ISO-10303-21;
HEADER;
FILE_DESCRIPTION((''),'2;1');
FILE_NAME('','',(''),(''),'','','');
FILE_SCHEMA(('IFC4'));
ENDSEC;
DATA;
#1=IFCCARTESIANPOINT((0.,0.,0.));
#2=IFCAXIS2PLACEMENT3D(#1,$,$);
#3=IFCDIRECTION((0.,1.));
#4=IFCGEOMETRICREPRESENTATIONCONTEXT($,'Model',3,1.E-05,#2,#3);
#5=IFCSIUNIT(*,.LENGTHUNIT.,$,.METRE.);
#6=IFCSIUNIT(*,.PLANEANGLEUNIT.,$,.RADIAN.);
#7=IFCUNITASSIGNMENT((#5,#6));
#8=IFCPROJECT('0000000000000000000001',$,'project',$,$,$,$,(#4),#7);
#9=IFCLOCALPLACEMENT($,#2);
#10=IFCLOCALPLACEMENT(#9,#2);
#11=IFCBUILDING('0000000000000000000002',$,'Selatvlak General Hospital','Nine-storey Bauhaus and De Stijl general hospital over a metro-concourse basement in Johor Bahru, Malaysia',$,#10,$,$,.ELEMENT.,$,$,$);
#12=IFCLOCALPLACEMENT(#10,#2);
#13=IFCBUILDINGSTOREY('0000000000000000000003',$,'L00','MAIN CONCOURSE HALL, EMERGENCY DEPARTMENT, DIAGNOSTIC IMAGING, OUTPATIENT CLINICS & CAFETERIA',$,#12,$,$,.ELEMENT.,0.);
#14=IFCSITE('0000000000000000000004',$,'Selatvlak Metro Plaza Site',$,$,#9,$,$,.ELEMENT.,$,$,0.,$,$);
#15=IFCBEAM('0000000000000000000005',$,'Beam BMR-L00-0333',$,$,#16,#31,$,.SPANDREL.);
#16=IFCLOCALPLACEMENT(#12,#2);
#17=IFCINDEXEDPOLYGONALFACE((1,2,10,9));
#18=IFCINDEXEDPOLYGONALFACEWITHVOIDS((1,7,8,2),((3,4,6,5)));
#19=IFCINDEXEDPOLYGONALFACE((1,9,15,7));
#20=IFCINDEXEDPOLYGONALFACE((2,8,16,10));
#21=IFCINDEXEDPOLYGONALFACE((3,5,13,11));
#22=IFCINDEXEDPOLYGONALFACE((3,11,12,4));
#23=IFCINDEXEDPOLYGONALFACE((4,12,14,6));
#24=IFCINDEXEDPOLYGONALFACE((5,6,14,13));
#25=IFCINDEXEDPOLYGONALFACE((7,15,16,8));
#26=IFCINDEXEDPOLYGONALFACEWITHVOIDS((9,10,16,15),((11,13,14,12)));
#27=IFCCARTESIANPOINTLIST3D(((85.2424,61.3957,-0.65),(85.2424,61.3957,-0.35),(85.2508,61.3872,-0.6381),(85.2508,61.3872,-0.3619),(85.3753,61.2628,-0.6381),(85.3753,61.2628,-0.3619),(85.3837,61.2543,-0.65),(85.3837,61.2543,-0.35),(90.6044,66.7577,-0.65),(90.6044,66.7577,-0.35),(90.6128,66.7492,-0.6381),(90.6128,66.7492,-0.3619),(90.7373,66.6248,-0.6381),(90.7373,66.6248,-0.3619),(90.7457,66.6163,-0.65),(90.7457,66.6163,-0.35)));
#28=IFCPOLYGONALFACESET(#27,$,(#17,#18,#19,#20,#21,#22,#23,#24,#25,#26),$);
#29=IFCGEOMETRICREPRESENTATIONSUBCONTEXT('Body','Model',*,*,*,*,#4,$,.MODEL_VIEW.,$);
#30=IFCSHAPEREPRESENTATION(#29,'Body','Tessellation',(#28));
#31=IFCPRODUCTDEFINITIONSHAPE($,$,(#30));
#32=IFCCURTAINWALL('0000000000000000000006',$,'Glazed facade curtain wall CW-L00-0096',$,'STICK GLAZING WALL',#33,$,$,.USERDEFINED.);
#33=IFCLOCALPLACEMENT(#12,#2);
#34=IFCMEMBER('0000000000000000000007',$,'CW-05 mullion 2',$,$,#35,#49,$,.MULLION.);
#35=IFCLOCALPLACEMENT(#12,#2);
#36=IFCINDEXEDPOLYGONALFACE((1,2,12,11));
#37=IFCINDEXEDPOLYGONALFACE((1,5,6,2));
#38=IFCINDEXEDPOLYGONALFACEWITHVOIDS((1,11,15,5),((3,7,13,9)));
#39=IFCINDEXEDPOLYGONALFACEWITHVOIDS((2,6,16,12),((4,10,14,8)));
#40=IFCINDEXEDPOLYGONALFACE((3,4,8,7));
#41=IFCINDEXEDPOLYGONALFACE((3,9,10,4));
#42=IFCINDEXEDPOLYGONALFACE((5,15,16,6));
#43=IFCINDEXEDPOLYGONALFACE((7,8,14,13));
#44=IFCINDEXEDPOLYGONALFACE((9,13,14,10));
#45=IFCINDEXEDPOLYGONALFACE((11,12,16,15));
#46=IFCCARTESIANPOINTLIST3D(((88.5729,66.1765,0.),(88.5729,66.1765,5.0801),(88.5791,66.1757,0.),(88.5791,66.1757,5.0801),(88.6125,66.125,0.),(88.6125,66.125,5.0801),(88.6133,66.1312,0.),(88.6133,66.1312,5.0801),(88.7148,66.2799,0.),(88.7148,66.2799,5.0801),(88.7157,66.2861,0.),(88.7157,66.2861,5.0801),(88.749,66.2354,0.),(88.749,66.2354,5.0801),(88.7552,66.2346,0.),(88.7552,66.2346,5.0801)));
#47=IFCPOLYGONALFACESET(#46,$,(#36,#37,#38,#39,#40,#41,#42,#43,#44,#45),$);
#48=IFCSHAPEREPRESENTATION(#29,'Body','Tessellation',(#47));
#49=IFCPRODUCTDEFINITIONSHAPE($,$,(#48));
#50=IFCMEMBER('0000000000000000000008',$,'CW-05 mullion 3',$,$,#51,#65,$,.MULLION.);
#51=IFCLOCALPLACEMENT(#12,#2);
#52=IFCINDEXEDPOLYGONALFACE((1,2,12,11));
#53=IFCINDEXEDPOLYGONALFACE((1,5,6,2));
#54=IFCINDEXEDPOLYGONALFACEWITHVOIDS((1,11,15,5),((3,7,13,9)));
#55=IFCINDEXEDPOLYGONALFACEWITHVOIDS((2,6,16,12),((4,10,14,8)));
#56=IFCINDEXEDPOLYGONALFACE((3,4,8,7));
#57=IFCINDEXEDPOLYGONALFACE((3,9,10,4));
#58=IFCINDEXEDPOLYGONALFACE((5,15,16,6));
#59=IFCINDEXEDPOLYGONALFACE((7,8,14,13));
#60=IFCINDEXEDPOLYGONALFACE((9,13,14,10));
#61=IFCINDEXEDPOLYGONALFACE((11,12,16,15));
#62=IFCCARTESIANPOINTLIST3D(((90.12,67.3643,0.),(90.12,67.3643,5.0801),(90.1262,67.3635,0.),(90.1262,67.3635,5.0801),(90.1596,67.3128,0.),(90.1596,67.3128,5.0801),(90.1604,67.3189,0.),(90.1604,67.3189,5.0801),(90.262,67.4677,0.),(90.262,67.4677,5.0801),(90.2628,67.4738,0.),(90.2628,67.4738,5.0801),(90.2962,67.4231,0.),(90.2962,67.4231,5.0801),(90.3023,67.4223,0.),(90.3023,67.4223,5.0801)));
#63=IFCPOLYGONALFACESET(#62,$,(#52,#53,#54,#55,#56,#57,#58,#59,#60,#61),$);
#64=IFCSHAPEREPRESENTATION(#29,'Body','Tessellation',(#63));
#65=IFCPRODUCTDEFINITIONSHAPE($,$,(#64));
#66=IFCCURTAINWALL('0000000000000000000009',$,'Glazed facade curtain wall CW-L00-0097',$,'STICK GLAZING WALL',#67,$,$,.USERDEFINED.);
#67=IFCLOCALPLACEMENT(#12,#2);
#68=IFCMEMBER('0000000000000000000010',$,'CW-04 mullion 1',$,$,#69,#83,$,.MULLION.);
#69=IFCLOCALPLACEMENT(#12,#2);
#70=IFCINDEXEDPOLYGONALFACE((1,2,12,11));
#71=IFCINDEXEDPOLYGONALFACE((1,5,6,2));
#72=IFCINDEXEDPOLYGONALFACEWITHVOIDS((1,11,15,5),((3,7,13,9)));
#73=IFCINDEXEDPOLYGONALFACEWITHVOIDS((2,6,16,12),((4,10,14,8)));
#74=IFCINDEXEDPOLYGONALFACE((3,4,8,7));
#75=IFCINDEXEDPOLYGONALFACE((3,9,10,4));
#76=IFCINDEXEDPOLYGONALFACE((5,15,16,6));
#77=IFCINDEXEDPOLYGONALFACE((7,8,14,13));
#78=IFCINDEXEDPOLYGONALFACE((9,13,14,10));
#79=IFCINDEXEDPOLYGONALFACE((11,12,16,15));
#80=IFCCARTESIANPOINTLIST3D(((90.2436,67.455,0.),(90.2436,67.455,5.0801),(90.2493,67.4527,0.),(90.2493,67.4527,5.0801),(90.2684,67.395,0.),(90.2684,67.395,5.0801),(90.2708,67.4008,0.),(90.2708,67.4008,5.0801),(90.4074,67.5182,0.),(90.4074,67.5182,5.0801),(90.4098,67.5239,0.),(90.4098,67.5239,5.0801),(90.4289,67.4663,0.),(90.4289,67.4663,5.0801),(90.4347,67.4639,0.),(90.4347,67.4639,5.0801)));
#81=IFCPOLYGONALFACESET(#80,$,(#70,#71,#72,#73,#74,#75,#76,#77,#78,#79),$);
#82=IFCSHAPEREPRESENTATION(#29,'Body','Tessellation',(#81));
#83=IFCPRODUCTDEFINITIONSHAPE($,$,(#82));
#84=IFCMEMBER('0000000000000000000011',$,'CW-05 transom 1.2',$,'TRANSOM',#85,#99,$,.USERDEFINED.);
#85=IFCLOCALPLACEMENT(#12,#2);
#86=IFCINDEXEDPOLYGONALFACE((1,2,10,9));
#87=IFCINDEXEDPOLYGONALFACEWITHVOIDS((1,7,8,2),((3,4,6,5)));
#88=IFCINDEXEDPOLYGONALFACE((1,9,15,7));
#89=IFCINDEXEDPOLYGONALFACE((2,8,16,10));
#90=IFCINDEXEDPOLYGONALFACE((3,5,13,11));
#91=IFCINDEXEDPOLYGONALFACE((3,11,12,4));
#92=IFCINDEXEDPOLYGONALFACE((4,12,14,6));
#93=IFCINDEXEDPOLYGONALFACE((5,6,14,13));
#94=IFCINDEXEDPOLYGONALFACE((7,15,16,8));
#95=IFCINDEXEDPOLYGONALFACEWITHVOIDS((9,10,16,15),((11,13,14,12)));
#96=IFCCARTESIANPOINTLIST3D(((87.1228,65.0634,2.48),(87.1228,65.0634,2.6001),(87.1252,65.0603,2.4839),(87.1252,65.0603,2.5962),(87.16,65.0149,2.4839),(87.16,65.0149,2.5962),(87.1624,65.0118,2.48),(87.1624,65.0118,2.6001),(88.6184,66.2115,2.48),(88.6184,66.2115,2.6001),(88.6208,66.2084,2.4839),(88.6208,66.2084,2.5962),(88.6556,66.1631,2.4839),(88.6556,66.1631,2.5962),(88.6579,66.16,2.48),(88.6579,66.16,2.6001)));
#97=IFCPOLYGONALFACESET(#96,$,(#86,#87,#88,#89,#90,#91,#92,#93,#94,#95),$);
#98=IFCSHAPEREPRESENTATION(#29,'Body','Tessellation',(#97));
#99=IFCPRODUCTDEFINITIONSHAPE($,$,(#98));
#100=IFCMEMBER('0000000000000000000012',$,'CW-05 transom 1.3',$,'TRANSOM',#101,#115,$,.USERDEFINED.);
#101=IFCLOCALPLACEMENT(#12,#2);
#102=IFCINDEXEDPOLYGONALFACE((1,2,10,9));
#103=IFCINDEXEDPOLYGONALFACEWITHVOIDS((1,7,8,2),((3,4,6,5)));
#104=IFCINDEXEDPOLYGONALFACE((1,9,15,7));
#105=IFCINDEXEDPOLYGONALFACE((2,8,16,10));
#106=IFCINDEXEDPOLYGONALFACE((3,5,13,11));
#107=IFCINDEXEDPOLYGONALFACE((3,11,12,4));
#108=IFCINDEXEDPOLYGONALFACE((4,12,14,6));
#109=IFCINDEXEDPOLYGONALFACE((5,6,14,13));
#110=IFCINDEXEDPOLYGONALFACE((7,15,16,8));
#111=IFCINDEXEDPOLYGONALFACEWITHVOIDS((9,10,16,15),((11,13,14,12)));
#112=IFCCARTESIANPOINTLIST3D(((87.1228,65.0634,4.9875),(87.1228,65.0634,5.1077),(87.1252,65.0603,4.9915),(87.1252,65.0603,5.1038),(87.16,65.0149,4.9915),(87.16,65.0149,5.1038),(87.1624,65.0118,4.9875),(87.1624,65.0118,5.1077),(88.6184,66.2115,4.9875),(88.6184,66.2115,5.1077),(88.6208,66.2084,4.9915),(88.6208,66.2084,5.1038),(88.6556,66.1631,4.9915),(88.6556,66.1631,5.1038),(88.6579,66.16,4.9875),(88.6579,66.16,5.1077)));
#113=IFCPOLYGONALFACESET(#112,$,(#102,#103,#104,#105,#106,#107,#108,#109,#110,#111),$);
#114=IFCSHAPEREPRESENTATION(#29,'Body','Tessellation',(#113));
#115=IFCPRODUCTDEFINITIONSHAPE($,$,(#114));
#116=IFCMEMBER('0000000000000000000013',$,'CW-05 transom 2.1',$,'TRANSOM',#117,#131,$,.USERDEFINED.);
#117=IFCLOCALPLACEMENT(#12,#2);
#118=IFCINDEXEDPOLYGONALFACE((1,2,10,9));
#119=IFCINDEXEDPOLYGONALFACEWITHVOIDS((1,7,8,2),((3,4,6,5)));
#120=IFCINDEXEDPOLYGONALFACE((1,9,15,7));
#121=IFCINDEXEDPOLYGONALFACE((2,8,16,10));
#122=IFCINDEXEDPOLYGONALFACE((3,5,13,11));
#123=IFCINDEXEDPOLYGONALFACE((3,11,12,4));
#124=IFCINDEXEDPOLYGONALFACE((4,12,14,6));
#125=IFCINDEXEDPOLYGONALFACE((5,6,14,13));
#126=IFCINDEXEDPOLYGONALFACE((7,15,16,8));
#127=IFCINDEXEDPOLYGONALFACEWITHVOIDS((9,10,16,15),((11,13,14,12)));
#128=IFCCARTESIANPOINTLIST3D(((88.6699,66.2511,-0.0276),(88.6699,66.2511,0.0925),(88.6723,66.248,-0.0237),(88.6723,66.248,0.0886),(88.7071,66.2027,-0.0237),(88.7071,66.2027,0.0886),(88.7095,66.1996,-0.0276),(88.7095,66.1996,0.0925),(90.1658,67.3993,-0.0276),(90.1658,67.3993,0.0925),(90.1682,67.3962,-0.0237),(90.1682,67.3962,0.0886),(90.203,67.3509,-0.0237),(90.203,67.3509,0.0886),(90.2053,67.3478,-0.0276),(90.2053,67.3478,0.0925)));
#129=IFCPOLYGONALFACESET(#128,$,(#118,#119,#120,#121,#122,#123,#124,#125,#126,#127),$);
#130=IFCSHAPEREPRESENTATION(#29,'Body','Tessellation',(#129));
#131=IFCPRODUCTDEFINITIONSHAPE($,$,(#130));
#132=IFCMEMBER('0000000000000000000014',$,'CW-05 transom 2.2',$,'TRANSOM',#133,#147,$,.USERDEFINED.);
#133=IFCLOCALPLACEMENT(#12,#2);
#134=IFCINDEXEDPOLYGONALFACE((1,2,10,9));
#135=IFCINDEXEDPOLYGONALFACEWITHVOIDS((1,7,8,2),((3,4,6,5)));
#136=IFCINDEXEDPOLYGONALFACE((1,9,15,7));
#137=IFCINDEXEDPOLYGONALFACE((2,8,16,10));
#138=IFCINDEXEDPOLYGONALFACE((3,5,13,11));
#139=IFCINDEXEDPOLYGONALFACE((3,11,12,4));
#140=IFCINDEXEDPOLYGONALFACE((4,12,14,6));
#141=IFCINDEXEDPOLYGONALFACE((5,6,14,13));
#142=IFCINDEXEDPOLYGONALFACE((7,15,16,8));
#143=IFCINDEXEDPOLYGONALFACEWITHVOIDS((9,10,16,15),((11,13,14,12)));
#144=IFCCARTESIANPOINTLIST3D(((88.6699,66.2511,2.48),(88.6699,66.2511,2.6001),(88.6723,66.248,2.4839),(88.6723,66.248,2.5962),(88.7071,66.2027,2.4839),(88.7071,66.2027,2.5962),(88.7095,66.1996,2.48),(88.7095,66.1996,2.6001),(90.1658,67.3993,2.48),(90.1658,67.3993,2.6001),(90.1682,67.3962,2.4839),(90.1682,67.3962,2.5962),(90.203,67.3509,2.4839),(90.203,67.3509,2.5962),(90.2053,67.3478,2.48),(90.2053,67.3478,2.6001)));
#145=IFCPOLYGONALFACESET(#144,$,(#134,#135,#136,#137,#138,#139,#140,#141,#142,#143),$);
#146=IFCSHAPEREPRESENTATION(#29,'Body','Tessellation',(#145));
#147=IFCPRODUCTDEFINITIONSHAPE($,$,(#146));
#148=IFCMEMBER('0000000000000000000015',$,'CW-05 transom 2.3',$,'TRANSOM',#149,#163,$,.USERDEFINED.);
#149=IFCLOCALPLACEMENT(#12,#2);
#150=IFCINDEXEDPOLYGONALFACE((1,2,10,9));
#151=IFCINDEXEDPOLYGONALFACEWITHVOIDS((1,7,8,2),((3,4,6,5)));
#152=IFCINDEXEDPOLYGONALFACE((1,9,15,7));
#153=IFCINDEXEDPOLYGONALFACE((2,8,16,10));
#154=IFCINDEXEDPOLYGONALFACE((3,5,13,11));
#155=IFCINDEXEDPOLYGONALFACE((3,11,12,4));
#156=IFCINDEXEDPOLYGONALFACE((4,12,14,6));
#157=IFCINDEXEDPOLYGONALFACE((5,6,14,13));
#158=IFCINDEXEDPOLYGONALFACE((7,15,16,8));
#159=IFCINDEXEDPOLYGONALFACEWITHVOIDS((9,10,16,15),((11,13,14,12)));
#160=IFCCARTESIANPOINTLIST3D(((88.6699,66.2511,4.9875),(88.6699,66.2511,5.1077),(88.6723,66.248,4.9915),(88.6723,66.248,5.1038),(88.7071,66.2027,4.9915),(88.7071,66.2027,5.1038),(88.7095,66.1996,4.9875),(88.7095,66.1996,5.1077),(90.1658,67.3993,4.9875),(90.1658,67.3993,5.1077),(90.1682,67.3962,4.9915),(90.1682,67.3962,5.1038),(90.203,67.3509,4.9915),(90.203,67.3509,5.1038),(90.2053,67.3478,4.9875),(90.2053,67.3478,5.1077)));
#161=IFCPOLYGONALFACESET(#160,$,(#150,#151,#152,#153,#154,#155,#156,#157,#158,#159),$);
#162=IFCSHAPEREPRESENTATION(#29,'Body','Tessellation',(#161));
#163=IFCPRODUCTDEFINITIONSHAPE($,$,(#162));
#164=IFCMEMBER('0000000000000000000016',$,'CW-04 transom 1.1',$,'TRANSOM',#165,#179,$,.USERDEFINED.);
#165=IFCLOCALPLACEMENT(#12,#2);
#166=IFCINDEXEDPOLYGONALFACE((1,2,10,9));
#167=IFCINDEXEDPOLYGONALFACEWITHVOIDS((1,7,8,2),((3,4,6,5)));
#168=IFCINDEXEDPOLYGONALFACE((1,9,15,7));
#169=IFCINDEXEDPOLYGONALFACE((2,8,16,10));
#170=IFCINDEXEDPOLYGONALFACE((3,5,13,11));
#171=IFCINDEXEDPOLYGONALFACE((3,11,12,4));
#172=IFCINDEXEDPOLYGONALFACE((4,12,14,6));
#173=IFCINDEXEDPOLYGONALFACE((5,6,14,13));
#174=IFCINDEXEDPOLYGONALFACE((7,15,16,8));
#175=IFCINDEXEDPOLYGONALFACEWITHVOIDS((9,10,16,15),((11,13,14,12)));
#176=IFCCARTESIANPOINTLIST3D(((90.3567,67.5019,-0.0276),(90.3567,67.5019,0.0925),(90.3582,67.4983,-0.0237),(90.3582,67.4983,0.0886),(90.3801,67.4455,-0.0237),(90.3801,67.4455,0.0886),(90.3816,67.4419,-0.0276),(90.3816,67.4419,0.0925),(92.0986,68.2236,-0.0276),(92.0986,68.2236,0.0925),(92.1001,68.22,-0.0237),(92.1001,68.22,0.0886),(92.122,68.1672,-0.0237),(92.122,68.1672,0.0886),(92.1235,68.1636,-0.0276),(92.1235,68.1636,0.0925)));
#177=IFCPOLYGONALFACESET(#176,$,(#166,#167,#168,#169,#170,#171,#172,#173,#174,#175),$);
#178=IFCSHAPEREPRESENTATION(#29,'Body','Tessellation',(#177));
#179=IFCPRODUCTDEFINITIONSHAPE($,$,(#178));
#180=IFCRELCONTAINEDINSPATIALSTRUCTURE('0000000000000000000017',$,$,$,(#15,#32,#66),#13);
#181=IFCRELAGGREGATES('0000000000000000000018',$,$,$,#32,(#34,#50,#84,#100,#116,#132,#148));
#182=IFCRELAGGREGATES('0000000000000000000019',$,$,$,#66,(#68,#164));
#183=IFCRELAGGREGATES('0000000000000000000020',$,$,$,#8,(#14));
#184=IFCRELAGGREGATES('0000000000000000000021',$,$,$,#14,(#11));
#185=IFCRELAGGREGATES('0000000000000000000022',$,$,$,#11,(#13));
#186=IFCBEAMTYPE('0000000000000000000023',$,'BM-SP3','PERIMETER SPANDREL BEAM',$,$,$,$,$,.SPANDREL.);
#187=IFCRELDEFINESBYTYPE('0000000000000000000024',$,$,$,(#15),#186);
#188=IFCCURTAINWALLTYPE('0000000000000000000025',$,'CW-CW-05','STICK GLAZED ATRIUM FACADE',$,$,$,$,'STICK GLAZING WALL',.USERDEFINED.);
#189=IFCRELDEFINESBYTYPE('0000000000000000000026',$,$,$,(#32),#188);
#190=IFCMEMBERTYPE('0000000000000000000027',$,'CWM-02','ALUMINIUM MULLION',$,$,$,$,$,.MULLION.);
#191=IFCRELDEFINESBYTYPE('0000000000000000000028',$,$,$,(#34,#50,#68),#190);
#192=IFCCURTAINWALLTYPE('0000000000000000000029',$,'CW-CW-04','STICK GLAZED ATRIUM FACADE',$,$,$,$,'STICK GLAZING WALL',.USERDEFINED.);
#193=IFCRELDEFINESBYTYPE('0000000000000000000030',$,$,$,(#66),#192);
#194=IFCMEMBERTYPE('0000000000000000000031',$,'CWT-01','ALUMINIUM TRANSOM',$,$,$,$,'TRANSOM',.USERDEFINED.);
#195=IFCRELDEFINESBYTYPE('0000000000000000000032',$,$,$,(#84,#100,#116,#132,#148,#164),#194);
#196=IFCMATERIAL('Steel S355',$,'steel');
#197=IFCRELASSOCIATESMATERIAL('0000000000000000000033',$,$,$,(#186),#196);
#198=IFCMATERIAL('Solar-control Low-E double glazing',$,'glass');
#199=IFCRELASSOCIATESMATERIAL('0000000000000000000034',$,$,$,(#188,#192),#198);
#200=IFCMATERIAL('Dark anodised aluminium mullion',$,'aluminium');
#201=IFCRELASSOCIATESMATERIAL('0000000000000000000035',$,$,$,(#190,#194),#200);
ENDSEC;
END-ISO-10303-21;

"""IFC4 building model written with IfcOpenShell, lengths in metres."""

from ifc_helpers import new_model, si_unit, direction, frame, origin, origin_2d, place, context, subcontext, project, spatial, hollow_rectangle, extrude, material, material_profile, profile_set, type_object, element, aggregate, save


model = new_model("IFC4")

# Units and contexts
model_context = context("Model", 3, precision=1e-05, world=origin(), true_north=direction((0.0, 1.0)))
body_context = subcontext(model_context, "Body", "Model", "MODEL_VIEW")
ifc_project = project(units=[si_unit("LENGTHUNIT", "METRE"), si_unit("PLANEANGLEUNIT", "RADIAN")], contexts=[model_context])

# Site, building, storey
site_placement = place(None, origin())
site = spatial("IfcSite", under=ifc_project, at=site_placement, Name="Selatvlak Metro Plaza Site", CompositionType="ELEMENT", RefElevation=0.0)
building_placement = place(site_placement, origin())
building = spatial("IfcBuilding", under=site, at=building_placement, Name="Selatvlak General Hospital", Description="Nine-storey Bauhaus and De Stijl general hospital over a metro-concourse basement in Johor Bahru, Malaysia", CompositionType="ELEMENT")
storey_placement = place(building_placement, origin())
storey = spatial("IfcBuildingStorey", under=building, at=storey_placement, Name="L00", Description="MAIN CONCOURSE HALL, EMERGENCY DEPARTMENT, DIAGNOSTIC IMAGING, OUTPATIENT CLINICS & CAFETERIA", CompositionType="ELEMENT", Elevation=0.0)

# Beam
ifc_material_1 = material(Name="Steel S355", Category="steel")
ifc_material_profile_1 = material_profile(ifc_material_1, hollow_rectangle(XDim=0.2, YDim=0.3, WallThickness=0.012, at=origin_2d()), Name="RHS 300x200x12")
ifc_profile_set_1 = profile_set([ifc_material_profile_1], Name="Steel S355")
beam_type = type_object("IfcBeamType", Name="BM-SP3", Description="PERIMETER SPANDREL BEAM", PredefinedType="SPANDREL", material=ifc_profile_set_1)
beam_placement = place(storey_placement, frame((90.675, 66.687, -0.5), z_axis=(-0.707107, -0.707107, 0.0), x_axis=(0.707107, -0.707107, 0.0)))
element("IfcBeam", 1, at=beam_placement, inside=storey, type_object=beam_type, Name="Beam BMR-L00-0333", PredefinedType="SPANDREL", context=body_context, shape_type="SweptSolid", body=[
    extrude(hollow_rectangle(XDim=0.2, YDim=0.3, WallThickness=0.012, at=origin_2d()), origin(), (0.0, 0.0, 1.0), 7.583),
])

# Curtain wall, members
ifc_material_2 = material(Name="Solar-control Low-E double glazing", Category="glass")
curtain_wall_type_1 = type_object("IfcCurtainWallType", Name="CW-CW-05", Description="STICK GLAZED ATRIUM FACADE", ElementType="STICK GLAZING WALL", PredefinedType="USERDEFINED", material=ifc_material_2)
curtain_wall_1_placement = place(storey_placement, origin())
curtain_wall_1 = element("IfcCurtainWall", 2, at=curtain_wall_1_placement, inside=storey, type_object=curtain_wall_type_1, Name="Glazed facade curtain wall CW-L00-0096", ObjectType="STICK GLAZING WALL", PredefinedType="USERDEFINED")
ifc_material_3 = material(Name="Dark anodised aluminium mullion", Category="aluminium")
ifc_material_profile_2 = material_profile(ifc_material_3, hollow_rectangle(XDim=0.0649, YDim=0.1799, WallThickness=0.0044, at=origin_2d()), Name="AL-MUL 65x180x4.5")
ifc_profile_set_2 = profile_set([ifc_material_profile_2], Name="Dark anodised aluminium mullion")
member_type_1 = type_object("IfcMemberType", Name="CWM-02", Description="ALUMINIUM MULLION", PredefinedType="MULLION", material=ifc_profile_set_2)
member_1_placement = place(storey_placement, frame((88.6641, 66.2056, 0.0), z_axis=(0.0, 0.0, 1.0), x_axis=(-0.608918, 0.793233, 0.0)))
member_1 = element("IfcMember", 3, at=member_1_placement, type_object=member_type_1, Name="CW-05 mullion 2", PredefinedType="MULLION", context=body_context, shape_type="SweptSolid", body=[
    extrude(hollow_rectangle(XDim=0.0649, YDim=0.1799, WallThickness=0.0044, at=origin_2d()), origin(), (0.0, 0.0, 1.0), 5.0801),
])
member_2_placement = place(storey_placement, frame((90.2112, 67.3933, 0.0), z_axis=(0.0, 0.0, 1.0), x_axis=(-0.608918, 0.793233, 0.0)))
member_2 = element("IfcMember", 4, at=member_2_placement, type_object=member_type_1, Name="CW-05 mullion 3", PredefinedType="MULLION", context=body_context, shape_type="SweptSolid", body=[
    extrude(hollow_rectangle(XDim=0.0649, YDim=0.1799, WallThickness=0.0044, at=origin_2d()), origin(), (0.0, 0.0, 1.0), 5.0801),
])

# Curtain wall, member
curtain_wall_type_2 = type_object("IfcCurtainWallType", Name="CW-CW-04", Description="STICK GLAZED ATRIUM FACADE", ElementType="STICK GLAZING WALL", PredefinedType="USERDEFINED", material=ifc_material_2)
curtain_wall_2_placement = place(storey_placement, origin())
curtain_wall_2 = element("IfcCurtainWall", 5, at=curtain_wall_2_placement, inside=storey, type_object=curtain_wall_type_2, Name="Glazed facade curtain wall CW-L00-0097", ObjectType="STICK GLAZING WALL", PredefinedType="USERDEFINED")
member_3_placement = place(storey_placement, frame((90.3391, 67.4595, 0.0), z_axis=(0.0, 0.0, 1.0), x_axis=(-0.382753, 0.923851, 0.0)))
member_3 = element("IfcMember", 6, at=member_3_placement, type_object=member_type_1, Name="CW-04 mullion 1", PredefinedType="MULLION", context=body_context, shape_type="SweptSolid", body=[
    extrude(hollow_rectangle(XDim=0.0649, YDim=0.1799, WallThickness=0.0044, at=origin_2d()), origin(), (0.0, 0.0, 1.0), 5.0801),
])

# Members
ifc_material_profile_3 = material_profile(ifc_material_3, hollow_rectangle(XDim=0.0649, YDim=0.1201, WallThickness=0.0039, at=origin_2d()), Name="AL-TRN 65x120x4")
ifc_profile_set_3 = profile_set([ifc_material_profile_3], Name="Dark anodised aluminium mullion")
member_type_2 = type_object("IfcMemberType", Name="CWT-01", Description="ALUMINIUM TRANSOM", ElementType="TRANSOM", PredefinedType="USERDEFINED", material=ifc_profile_set_3)
member_4_placement = place(storey_placement, frame((87.1426, 65.0376, 2.54), z_axis=(0.793206, 0.608953, 0.0), x_axis=(-0.608953, 0.793206, 0.0)))
member_4 = element("IfcMember", 7, at=member_4_placement, type_object=member_type_2, Name="CW-05 transom 1.2", ObjectType="TRANSOM", PredefinedType="USERDEFINED", context=body_context, shape_type="SweptSolid", body=[
    extrude(hollow_rectangle(XDim=0.0649, YDim=0.1201, WallThickness=0.0039, at=origin_2d()), origin(), (0.0, 0.0, 1.0), 1.8855),
])
member_5_placement = place(storey_placement, frame((87.1426, 65.0376, 5.0476), z_axis=(0.793206, 0.608953, 0.0), x_axis=(-0.608953, 0.793206, 0.0)))
member_5 = element("IfcMember", 8, at=member_5_placement, type_object=member_type_2, Name="CW-05 transom 1.3", ObjectType="TRANSOM", PredefinedType="USERDEFINED", context=body_context, shape_type="SweptSolid", body=[
    extrude(hollow_rectangle(XDim=0.0649, YDim=0.1201, WallThickness=0.0039, at=origin_2d()), origin(), (0.0, 0.0, 1.0), 1.8855),
])
member_6_placement = place(storey_placement, frame((88.6897, 66.2253, 0.0325), z_axis=(0.793254, 0.608891, 0.0), x_axis=(-0.608891, 0.793254, 0.0)))
member_6 = element("IfcMember", 9, at=member_6_placement, type_object=member_type_2, Name="CW-05 transom 2.1", ObjectType="TRANSOM", PredefinedType="USERDEFINED", context=body_context, shape_type="SweptSolid", body=[
    extrude(hollow_rectangle(XDim=0.0649, YDim=0.1201, WallThickness=0.0039, at=origin_2d()), origin(), (0.0, 0.0, 1.0), 1.8857),
])
member_7_placement = place(storey_placement, frame((88.6897, 66.2253, 2.54), z_axis=(0.793254, 0.608891, 0.0), x_axis=(-0.608891, 0.793254, 0.0)))
member_7 = element("IfcMember", 10, at=member_7_placement, type_object=member_type_2, Name="CW-05 transom 2.2", ObjectType="TRANSOM", PredefinedType="USERDEFINED", context=body_context, shape_type="SweptSolid", body=[
    extrude(hollow_rectangle(XDim=0.0649, YDim=0.1201, WallThickness=0.0039, at=origin_2d()), origin(), (0.0, 0.0, 1.0), 1.8857),
])
member_8_placement = place(storey_placement, frame((88.6897, 66.2253, 5.0476), z_axis=(0.793254, 0.608891, 0.0), x_axis=(-0.608891, 0.793254, 0.0)))
member_8 = element("IfcMember", 11, at=member_8_placement, type_object=member_type_2, Name="CW-05 transom 2.3", ObjectType="TRANSOM", PredefinedType="USERDEFINED", context=body_context, shape_type="SweptSolid", body=[
    extrude(hollow_rectangle(XDim=0.0649, YDim=0.1201, WallThickness=0.0039, at=origin_2d()), origin(), (0.0, 0.0, 1.0), 1.8857),
])
member_9_placement = place(storey_placement, frame((90.3691, 67.4719, 0.0325), z_axis=(0.923853, 0.382748, 0.0), x_axis=(-0.382748, 0.923853, 0.0)))
member_9 = element("IfcMember", 12, at=member_9_placement, type_object=member_type_2, Name="CW-04 transom 1.1", ObjectType="TRANSOM", PredefinedType="USERDEFINED", context=body_context, shape_type="SweptSolid", body=[
    extrude(hollow_rectangle(XDim=0.0649, YDim=0.1201, WallThickness=0.0039, at=origin_2d()), origin(), (0.0, 0.0, 1.0), 1.8855),
])

aggregate(curtain_wall_1, [member_1, member_2, member_4, member_5, member_6, member_7, member_8])
aggregate(curtain_wall_2, [member_3, member_9])

save(model, "model.ifc")
